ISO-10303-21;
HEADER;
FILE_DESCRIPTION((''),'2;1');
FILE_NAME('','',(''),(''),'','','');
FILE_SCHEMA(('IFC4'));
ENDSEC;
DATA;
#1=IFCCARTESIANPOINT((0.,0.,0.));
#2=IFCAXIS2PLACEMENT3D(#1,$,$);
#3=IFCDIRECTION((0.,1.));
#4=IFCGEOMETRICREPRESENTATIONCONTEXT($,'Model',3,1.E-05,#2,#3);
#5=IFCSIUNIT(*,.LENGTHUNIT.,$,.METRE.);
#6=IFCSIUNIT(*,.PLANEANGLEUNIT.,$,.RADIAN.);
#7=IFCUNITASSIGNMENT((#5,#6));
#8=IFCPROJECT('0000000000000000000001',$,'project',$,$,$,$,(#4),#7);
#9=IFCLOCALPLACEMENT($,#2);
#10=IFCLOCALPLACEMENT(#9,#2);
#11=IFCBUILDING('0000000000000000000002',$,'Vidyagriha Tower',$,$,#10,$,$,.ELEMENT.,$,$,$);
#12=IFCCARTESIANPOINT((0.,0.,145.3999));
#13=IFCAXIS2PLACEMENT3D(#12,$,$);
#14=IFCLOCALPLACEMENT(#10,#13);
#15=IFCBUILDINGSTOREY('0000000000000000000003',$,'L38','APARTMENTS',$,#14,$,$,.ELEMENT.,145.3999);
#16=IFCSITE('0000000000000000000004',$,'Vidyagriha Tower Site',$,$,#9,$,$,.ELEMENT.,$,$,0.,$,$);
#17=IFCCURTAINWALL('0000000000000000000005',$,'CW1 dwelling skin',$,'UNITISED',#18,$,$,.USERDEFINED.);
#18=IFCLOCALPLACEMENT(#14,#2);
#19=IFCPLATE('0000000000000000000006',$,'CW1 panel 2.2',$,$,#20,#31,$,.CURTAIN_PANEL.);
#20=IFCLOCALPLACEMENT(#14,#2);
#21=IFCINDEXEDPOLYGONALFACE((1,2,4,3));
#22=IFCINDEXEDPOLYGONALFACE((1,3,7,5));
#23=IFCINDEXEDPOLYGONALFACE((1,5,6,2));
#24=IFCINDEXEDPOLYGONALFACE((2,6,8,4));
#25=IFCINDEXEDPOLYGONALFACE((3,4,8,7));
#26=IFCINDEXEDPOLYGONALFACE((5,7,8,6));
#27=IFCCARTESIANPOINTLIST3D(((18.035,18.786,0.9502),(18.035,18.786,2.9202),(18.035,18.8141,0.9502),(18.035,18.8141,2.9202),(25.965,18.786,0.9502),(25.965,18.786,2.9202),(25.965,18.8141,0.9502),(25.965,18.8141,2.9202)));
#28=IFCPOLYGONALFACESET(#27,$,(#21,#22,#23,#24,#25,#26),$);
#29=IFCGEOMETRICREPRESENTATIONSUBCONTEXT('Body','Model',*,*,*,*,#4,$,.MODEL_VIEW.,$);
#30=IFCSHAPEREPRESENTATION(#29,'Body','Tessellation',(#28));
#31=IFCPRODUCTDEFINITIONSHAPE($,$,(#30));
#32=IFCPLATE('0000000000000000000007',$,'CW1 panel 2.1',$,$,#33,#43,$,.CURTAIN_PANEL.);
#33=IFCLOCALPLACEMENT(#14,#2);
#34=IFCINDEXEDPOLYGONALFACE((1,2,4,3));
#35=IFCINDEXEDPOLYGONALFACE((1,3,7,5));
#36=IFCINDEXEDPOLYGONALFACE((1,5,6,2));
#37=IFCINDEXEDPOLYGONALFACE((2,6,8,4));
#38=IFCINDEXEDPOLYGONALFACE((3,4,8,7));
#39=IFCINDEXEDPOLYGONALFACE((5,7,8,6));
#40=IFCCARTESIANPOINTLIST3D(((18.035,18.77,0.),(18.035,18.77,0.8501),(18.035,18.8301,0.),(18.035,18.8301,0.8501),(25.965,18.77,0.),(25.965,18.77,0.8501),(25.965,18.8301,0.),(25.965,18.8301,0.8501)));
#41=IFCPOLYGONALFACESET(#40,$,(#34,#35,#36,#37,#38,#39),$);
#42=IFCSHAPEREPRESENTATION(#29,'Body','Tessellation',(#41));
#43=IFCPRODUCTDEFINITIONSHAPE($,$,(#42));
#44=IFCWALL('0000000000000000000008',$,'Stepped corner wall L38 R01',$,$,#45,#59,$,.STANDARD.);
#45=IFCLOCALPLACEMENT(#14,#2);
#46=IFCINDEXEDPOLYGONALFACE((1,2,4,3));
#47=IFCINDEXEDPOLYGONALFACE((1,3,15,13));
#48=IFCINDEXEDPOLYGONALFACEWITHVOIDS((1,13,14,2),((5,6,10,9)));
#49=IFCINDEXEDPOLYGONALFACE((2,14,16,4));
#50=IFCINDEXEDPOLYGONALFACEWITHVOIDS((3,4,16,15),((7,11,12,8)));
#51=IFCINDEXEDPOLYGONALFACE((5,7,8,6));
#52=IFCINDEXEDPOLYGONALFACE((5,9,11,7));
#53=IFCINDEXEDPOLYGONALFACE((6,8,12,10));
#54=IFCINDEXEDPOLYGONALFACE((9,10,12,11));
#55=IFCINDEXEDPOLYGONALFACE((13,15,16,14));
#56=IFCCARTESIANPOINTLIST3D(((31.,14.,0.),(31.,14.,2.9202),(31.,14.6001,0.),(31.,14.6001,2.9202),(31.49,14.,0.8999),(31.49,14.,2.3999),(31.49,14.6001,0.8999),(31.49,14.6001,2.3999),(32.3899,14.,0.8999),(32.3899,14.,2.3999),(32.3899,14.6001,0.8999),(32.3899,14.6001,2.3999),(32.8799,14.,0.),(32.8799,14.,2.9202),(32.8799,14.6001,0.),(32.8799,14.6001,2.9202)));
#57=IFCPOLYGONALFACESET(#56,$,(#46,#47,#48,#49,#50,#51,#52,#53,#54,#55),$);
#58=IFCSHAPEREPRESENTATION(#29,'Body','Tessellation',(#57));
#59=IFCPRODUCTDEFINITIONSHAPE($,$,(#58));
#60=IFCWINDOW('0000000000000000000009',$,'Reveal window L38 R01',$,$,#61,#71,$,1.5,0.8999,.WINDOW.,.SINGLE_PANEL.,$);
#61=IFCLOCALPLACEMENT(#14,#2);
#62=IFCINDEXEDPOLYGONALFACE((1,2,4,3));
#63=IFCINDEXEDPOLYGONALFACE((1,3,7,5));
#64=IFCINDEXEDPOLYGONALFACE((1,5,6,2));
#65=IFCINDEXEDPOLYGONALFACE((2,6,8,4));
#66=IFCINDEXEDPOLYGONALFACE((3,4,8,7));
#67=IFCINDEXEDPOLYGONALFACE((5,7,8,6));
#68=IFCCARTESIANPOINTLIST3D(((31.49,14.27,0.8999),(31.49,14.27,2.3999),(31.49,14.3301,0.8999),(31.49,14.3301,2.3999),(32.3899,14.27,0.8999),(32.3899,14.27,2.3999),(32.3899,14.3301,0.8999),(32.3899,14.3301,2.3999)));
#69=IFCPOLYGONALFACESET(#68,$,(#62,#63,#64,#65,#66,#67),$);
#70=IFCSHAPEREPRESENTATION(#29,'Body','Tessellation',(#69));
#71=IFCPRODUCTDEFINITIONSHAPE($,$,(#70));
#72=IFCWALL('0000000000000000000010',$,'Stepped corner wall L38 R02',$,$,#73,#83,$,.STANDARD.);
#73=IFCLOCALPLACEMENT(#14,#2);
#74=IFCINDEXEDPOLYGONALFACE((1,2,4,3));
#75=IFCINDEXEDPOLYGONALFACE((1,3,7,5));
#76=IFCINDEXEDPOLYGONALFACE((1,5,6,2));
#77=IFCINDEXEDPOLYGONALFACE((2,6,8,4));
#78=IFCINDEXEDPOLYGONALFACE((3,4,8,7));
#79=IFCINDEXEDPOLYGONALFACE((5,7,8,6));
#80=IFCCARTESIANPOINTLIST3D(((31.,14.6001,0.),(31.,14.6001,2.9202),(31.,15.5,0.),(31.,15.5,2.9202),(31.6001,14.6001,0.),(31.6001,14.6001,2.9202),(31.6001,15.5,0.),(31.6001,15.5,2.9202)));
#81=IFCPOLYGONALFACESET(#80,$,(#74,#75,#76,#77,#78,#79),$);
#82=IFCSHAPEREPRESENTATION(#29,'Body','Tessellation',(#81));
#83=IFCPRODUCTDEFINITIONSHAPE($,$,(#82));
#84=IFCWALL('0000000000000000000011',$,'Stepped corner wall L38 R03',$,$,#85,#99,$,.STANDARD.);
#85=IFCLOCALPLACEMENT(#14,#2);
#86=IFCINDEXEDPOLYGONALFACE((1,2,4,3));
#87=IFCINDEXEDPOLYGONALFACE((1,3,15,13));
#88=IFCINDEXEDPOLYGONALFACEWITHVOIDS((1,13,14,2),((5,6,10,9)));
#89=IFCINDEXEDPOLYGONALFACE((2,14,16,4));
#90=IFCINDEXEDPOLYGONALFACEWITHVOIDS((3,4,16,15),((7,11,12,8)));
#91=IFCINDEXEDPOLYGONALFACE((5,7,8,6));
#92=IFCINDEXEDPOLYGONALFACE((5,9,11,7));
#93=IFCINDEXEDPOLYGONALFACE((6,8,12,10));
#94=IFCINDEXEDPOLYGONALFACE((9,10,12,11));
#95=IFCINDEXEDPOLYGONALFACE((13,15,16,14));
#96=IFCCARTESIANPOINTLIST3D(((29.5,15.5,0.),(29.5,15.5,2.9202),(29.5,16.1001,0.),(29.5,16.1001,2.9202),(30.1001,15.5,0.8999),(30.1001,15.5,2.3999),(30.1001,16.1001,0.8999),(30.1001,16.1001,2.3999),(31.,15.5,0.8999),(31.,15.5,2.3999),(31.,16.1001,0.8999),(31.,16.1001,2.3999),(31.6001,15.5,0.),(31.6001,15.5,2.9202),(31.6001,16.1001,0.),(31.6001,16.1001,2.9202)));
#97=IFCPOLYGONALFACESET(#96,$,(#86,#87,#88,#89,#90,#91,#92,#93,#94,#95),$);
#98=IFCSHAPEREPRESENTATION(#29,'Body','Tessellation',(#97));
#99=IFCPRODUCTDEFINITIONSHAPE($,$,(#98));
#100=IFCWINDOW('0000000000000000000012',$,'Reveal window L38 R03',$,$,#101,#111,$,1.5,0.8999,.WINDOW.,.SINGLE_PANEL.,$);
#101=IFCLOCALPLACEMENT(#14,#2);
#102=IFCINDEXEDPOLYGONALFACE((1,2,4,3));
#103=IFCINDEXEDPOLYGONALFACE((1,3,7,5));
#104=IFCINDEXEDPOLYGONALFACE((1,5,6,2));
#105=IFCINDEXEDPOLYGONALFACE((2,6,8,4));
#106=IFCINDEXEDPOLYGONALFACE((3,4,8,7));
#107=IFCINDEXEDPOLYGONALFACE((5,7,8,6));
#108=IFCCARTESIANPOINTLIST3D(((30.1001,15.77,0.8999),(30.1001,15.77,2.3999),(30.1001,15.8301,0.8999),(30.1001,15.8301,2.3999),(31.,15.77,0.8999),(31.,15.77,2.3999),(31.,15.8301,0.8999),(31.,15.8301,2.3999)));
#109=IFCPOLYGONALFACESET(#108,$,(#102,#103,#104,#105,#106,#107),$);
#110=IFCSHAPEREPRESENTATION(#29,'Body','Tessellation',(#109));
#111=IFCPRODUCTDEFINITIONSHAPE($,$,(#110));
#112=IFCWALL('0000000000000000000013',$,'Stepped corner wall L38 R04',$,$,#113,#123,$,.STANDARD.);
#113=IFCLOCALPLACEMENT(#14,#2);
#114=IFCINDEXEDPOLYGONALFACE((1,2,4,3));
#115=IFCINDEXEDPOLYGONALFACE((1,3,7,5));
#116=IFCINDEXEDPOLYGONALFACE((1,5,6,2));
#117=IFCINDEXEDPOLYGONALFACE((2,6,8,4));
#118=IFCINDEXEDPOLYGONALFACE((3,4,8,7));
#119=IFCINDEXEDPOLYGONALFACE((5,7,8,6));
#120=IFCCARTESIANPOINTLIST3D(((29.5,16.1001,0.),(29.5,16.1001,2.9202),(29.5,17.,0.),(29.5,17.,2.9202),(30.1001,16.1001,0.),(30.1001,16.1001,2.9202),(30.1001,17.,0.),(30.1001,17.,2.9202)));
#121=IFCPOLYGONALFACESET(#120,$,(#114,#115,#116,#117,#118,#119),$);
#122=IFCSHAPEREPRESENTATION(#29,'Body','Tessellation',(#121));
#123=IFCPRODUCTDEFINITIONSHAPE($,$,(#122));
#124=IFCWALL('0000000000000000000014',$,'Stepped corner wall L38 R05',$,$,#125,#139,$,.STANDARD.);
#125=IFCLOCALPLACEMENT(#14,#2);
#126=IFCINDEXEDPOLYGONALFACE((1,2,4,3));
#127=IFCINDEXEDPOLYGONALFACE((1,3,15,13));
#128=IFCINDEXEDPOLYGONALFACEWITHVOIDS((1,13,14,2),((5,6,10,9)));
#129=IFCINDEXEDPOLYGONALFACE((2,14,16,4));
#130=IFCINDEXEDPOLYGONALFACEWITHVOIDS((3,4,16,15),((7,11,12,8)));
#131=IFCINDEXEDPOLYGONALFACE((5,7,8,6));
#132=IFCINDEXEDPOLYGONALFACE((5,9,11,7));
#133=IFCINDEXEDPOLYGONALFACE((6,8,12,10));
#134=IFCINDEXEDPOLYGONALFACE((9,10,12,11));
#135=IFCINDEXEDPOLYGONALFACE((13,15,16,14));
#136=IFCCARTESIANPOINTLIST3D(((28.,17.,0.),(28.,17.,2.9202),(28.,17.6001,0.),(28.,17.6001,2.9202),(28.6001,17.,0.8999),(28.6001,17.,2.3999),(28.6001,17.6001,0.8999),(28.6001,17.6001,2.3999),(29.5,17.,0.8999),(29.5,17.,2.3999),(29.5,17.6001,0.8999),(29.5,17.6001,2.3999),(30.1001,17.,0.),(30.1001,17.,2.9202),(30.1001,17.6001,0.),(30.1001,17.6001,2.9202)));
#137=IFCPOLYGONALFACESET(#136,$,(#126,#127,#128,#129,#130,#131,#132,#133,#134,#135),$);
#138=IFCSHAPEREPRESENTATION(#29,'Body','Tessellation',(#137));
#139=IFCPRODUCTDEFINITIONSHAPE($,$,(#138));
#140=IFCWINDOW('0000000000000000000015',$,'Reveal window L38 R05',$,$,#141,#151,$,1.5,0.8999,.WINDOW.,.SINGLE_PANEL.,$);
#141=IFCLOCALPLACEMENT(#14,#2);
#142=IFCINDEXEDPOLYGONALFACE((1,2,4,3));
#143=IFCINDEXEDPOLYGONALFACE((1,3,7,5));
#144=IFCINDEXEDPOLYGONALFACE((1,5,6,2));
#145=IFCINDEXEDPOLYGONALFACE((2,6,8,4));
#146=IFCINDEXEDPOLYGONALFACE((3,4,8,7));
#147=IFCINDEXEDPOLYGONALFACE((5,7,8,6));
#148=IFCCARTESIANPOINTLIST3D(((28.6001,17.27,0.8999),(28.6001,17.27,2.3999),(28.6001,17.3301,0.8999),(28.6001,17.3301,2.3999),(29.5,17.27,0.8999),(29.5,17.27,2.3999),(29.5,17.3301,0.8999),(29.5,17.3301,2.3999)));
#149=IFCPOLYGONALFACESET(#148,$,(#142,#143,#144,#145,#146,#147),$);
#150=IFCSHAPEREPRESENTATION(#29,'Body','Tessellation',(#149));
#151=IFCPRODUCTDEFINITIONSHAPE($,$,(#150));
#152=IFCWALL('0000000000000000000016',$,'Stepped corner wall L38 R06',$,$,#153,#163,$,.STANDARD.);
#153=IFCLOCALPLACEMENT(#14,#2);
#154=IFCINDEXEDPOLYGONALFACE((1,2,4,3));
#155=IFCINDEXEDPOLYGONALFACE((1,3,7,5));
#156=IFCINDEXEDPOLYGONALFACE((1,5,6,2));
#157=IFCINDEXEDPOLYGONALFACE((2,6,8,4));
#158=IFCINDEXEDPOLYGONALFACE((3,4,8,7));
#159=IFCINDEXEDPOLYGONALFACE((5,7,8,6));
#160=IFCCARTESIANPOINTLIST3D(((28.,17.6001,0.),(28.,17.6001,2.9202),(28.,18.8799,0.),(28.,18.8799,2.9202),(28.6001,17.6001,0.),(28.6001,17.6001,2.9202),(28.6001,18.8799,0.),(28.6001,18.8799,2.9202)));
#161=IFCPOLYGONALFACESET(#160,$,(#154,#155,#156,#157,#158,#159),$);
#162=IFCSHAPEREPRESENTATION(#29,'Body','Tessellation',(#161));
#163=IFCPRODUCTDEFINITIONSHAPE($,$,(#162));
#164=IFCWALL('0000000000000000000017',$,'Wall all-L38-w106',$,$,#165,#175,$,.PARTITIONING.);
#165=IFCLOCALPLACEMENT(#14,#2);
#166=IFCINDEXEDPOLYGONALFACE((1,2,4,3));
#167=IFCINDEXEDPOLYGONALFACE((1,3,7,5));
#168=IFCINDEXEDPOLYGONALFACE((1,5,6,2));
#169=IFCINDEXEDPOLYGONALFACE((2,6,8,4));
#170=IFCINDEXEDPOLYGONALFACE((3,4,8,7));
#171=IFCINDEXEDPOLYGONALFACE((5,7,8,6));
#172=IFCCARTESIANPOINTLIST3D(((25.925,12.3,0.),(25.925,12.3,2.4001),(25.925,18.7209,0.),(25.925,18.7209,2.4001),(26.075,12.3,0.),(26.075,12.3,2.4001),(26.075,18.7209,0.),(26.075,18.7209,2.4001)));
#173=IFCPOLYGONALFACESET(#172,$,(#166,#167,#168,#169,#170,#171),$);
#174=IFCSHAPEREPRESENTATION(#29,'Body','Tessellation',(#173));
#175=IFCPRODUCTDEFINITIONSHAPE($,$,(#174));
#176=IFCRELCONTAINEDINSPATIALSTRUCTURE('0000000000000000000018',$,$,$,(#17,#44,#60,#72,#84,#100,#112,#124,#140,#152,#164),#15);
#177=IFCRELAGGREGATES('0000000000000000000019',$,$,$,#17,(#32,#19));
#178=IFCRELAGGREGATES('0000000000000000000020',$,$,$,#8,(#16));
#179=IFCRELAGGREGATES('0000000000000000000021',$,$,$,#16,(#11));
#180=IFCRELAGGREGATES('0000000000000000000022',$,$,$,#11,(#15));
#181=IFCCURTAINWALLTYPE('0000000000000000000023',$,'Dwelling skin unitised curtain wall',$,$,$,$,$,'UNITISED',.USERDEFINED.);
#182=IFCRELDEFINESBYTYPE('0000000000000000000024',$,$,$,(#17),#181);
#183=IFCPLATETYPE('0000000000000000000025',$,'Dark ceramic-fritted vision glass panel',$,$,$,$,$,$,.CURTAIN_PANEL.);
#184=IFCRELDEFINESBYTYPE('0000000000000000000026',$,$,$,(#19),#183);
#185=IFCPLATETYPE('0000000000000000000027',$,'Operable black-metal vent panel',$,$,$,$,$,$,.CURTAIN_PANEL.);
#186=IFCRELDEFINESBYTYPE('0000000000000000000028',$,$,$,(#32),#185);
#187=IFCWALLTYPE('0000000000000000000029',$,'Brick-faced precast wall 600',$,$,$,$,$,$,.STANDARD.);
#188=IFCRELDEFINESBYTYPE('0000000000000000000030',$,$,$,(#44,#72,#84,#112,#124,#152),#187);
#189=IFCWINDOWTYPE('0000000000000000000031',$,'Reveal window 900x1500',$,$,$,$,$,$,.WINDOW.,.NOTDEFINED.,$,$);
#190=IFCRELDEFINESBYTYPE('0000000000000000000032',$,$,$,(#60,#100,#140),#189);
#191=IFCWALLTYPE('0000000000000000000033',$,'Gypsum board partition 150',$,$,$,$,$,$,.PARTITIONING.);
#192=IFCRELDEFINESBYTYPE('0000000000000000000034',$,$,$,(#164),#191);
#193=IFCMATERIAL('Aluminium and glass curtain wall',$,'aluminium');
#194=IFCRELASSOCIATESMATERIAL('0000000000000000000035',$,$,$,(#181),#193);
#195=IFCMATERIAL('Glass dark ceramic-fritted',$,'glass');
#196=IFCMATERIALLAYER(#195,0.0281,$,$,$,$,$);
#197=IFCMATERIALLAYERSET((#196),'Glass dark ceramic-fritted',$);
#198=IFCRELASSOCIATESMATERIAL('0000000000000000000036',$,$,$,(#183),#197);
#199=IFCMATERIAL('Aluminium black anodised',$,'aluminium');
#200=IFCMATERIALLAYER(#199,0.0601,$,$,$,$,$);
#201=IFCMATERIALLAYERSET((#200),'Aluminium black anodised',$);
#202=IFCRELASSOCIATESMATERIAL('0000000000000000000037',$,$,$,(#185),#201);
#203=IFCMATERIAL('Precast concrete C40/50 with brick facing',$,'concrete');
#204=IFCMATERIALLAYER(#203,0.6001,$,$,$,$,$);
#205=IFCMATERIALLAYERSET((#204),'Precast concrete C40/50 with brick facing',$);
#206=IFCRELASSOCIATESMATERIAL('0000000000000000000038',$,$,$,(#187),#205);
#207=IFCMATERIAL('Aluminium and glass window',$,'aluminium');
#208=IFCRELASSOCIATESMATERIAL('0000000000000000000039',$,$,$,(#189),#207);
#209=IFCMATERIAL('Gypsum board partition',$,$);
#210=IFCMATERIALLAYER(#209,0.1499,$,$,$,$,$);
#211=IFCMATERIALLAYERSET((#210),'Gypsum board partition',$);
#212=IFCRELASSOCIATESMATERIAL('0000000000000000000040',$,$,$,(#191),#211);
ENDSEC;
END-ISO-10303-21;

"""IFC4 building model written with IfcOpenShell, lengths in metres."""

from ifc_helpers import new_model, si_unit, direction, frame, frame_2d, origin, origin_2d, place, context, subcontext, project, spatial, rectangle, extrude, material, layer, layer_set, type_object, element, fill, aggregate, save


model = new_model("IFC4")

# Units and contexts
model_context = context("Model", 3, precision=1e-05, world=origin(), true_north=direction((0.0, 1.0)))
body_context = subcontext(model_context, "Body", "Model", "MODEL_VIEW")
ifc_project = project(units=[si_unit("LENGTHUNIT", "METRE"), si_unit("PLANEANGLEUNIT", "RADIAN")], contexts=[model_context])

# Site, building, storey
site_placement = place(None, origin())
site = spatial("IfcSite", under=ifc_project, at=site_placement, Name="Vidyagriha Tower Site", CompositionType="ELEMENT", RefElevation=0.0)
building_placement = place(site_placement, origin())
building = spatial("IfcBuilding", under=site, at=building_placement, Name="Vidyagriha Tower", CompositionType="ELEMENT")
storey_placement = place(building_placement, frame((0.0, 0.0, 145.3999)))
storey = spatial("IfcBuildingStorey", under=building, at=storey_placement, Name="L38", Description="APARTMENTS", CompositionType="ELEMENT", Elevation=145.3999)

# Curtain wall
ifc_material_1 = material(Name="Aluminium and glass curtain wall", Category="aluminium")
curtain_wall_type = type_object("IfcCurtainWallType", Name="Dwelling skin unitised curtain wall", ElementType="UNITISED", PredefinedType="USERDEFINED", material=ifc_material_1)
curtain_wall_1_placement = place(storey_placement, origin())
curtain_wall_1 = element("IfcCurtainWall", 1, at=curtain_wall_1_placement, inside=storey, type_object=curtain_wall_type, Name="CW1 dwelling skin", ObjectType="UNITISED", PredefinedType="USERDEFINED")

# Plates
ifc_material_2 = material(Name="Glass dark ceramic-fritted", Category="glass")
ifc_layer_1 = layer(ifc_material_2, 0.0281)
ifc_layer_set_1 = layer_set([ifc_layer_1], Name="Glass dark ceramic-fritted")
plate_type_1 = type_object("IfcPlateType", Name="Dark ceramic-fritted vision glass panel", PredefinedType="CURTAIN_PANEL", material=ifc_layer_set_1)
plate_1_placement = place(storey_placement, frame((22.0, 18.8, 0.9502), z_axis=(0.0, 0.0, 1.0), x_axis=(-1.0, 0.0, 0.0)))
plate_1 = element("IfcPlate", 2, at=plate_1_placement, type_object=plate_type_1, Name="CW1 panel 2.2", PredefinedType="CURTAIN_PANEL", context=body_context, shape_type="SweptSolid", body=[
    extrude(rectangle(XDim=7.9299, YDim=0.0281, at=origin_2d()), origin(), (0.0, 0.0, 1.0), 1.97),
])
ifc_material_3 = material(Name="Aluminium black anodised", Category="aluminium")
ifc_layer_2 = layer(ifc_material_3, 0.0601)
ifc_layer_set_2 = layer_set([ifc_layer_2], Name="Aluminium black anodised")
plate_type_2 = type_object("IfcPlateType", Name="Operable black-metal vent panel", PredefinedType="CURTAIN_PANEL", material=ifc_layer_set_2)
plate_2_placement = place(storey_placement, frame((22.0, 18.8, 0.0), z_axis=(0.0, 0.0, 1.0), x_axis=(-1.0, 0.0, 0.0)))
plate_2 = element("IfcPlate", 3, at=plate_2_placement, type_object=plate_type_2, Name="CW1 panel 2.1", PredefinedType="CURTAIN_PANEL", context=body_context, shape_type="SweptSolid", body=[
    extrude(rectangle(XDim=7.9299, YDim=0.0601, at=origin_2d()), origin(), (0.0, 0.0, 1.0), 0.8501),
])
aggregate(curtain_wall_1, [plate_2, plate_1])

# Wall, opening, window
ifc_material_4 = material(Name="Precast concrete C40/50 with brick facing", Category="concrete")
ifc_layer_3 = layer(ifc_material_4, 0.6001)
ifc_layer_set_3 = layer_set([ifc_layer_3], Name="Precast concrete C40/50 with brick facing")
wall_type_1 = type_object("IfcWallType", Name="Brick-faced precast wall 600", PredefinedType="STANDARD", material=ifc_layer_set_3)
wall_1_placement = place(storey_placement, frame((32.8799, 14.3, 0.0), z_axis=(0.0, 0.0, 1.0), x_axis=(-1.0, 0.0, 0.0)))
wall_1 = element("IfcWall", 4, at=wall_1_placement, inside=storey, type_object=wall_type_1, Name="Stepped corner wall L38 R01", PredefinedType="STANDARD", context=body_context, shape_type="SweptSolid", body=[
    extrude(rectangle(XDim=1.8799, YDim=0.6001, at=frame_2d((0.9399, 0.0))), origin(), (0.0, 0.0, 1.0), 2.9202),
])
opening_1_placement = place(wall_1_placement, frame((0.49, 0.0, 0.8999)))
opening_1 = element("IfcOpeningElement", 5, at=opening_1_placement, cuts=wall_1, PredefinedType="OPENING", context=body_context, shape_type="SweptSolid", body=[
    extrude(rectangle(XDim=0.8999, YDim=1.5, at=frame_2d((0.45, 0.75))), frame((0.0, 0.3101, 0.0), z_axis=(0.0, -1.0, 0.0), x_axis=(1.0, 0.0, 0.0)), (0.0, 0.0, 1.0), 0.6201),
])
ifc_material_5 = material(Name="Aluminium and glass window", Category="aluminium")
window_type = type_object("IfcWindowType", Name="Reveal window 900x1500", PartitioningType="NOTDEFINED", PredefinedType="WINDOW", material=ifc_material_5)
window_1_placement = place(opening_1_placement, origin())
window_1 = element("IfcWindow", 6, at=window_1_placement, inside=storey, type_object=window_type, Name="Reveal window L38 R01", OverallHeight=1.5, OverallWidth=0.8999, PartitioningType="SINGLE_PANEL", PredefinedType="WINDOW", context=body_context, shape_type="SweptSolid", body=[
    extrude(rectangle(XDim=0.8999, YDim=1.5, at=frame_2d((0.45, 0.75))), frame((0.0, 0.03, 0.0), z_axis=(0.0, -1.0, 0.0), x_axis=(1.0, 0.0, 0.0)), (0.0, 0.0, 1.0), 0.0601),
])
fill(opening_1, window_1)

# Wall
wall_2_placement = place(storey_placement, frame((31.3, 14.6001, 0.0), z_axis=(0.0, 0.0, 1.0), x_axis=(0.0, 1.0, 0.0)))
element("IfcWall", 7, at=wall_2_placement, inside=storey, type_object=wall_type_1, Name="Stepped corner wall L38 R02", PredefinedType="STANDARD", context=body_context, shape_type="SweptSolid", body=[
    extrude(rectangle(XDim=0.8999, YDim=0.6001, at=frame_2d((0.45, 0.0))), origin(), (0.0, 0.0, 1.0), 2.9202),
])

# Wall, opening, window
wall_3_placement = place(storey_placement, frame((31.6001, 15.8, 0.0), z_axis=(0.0, 0.0, 1.0), x_axis=(-1.0, 0.0, 0.0)))
wall_3 = element("IfcWall", 8, at=wall_3_placement, inside=storey, type_object=wall_type_1, Name="Stepped corner wall L38 R03", PredefinedType="STANDARD", context=body_context, shape_type="SweptSolid", body=[
    extrude(rectangle(XDim=2.1001, YDim=0.6001, at=frame_2d((1.05, 0.0))), origin(), (0.0, 0.0, 1.0), 2.9202),
])
opening_2_placement = place(wall_3_placement, frame((0.6001, 0.0, 0.8999)))
opening_2 = element("IfcOpeningElement", 9, at=opening_2_placement, cuts=wall_3, PredefinedType="OPENING", context=body_context, shape_type="SweptSolid", body=[
    extrude(rectangle(XDim=0.8999, YDim=1.5, at=frame_2d((0.45, 0.75))), frame((0.0, 0.3101, 0.0), z_axis=(0.0, -1.0, 0.0), x_axis=(1.0, 0.0, 0.0)), (0.0, 0.0, 1.0), 0.6201),
])
window_2_placement = place(opening_2_placement, origin())
window_2 = element("IfcWindow", 10, at=window_2_placement, inside=storey, type_object=window_type, Name="Reveal window L38 R03", OverallHeight=1.5, OverallWidth=0.8999, PartitioningType="SINGLE_PANEL", PredefinedType="WINDOW", context=body_context, shape_type="SweptSolid", body=[
    extrude(rectangle(XDim=0.8999, YDim=1.5, at=frame_2d((0.45, 0.75))), frame((0.0, 0.03, 0.0), z_axis=(0.0, -1.0, 0.0), x_axis=(1.0, 0.0, 0.0)), (0.0, 0.0, 1.0), 0.0601),
])
fill(opening_2, window_2)

# Wall
wall_4_placement = place(storey_placement, frame((29.8, 16.1001, 0.0), z_axis=(0.0, 0.0, 1.0), x_axis=(0.0, 1.0, 0.0)))
element("IfcWall", 11, at=wall_4_placement, inside=storey, type_object=wall_type_1, Name="Stepped corner wall L38 R04", PredefinedType="STANDARD", context=body_context, shape_type="SweptSolid", body=[
    extrude(rectangle(XDim=0.8999, YDim=0.6001, at=frame_2d((0.45, 0.0))), origin(), (0.0, 0.0, 1.0), 2.9202),
])

# Wall, opening, window
wall_5_placement = place(storey_placement, frame((30.1001, 17.3, 0.0), z_axis=(0.0, 0.0, 1.0), x_axis=(-1.0, 0.0, 0.0)))
wall_5 = element("IfcWall", 12, at=wall_5_placement, inside=storey, type_object=wall_type_1, Name="Stepped corner wall L38 R05", PredefinedType="STANDARD", context=body_context, shape_type="SweptSolid", body=[
    extrude(rectangle(XDim=2.1001, YDim=0.6001, at=frame_2d((1.05, 0.0))), origin(), (0.0, 0.0, 1.0), 2.9202),
])
opening_3_placement = place(wall_5_placement, frame((0.6001, 0.0, 0.8999)))
opening_3 = element("IfcOpeningElement", 13, at=opening_3_placement, cuts=wall_5, PredefinedType="OPENING", context=body_context, shape_type="SweptSolid", body=[
    extrude(rectangle(XDim=0.8999, YDim=1.5, at=frame_2d((0.45, 0.75))), frame((0.0, 0.3101, 0.0), z_axis=(0.0, -1.0, 0.0), x_axis=(1.0, 0.0, 0.0)), (0.0, 0.0, 1.0), 0.6201),
])
window_3_placement = place(opening_3_placement, origin())
window_3 = element("IfcWindow", 14, at=window_3_placement, inside=storey, type_object=window_type, Name="Reveal window L38 R05", OverallHeight=1.5, OverallWidth=0.8999, PartitioningType="SINGLE_PANEL", PredefinedType="WINDOW", context=body_context, shape_type="SweptSolid", body=[
    extrude(rectangle(XDim=0.8999, YDim=1.5, at=frame_2d((0.45, 0.75))), frame((0.0, 0.03, 0.0), z_axis=(0.0, -1.0, 0.0), x_axis=(1.0, 0.0, 0.0)), (0.0, 0.0, 1.0), 0.0601),
])
fill(opening_3, window_3)

# Walls
wall_6_placement = place(storey_placement, frame((28.3, 17.6001, 0.0), z_axis=(0.0, 0.0, 1.0), x_axis=(0.0, 1.0, 0.0)))
element("IfcWall", 15, at=wall_6_placement, inside=storey, type_object=wall_type_1, Name="Stepped corner wall L38 R06", PredefinedType="STANDARD", context=body_context, shape_type="SweptSolid", body=[
    extrude(rectangle(XDim=1.2798, YDim=0.6001, at=frame_2d((0.6399, 0.0))), origin(), (0.0, 0.0, 1.0), 2.9202),
])
ifc_material_6 = material(Name="Gypsum board partition")
ifc_layer_4 = layer(ifc_material_6, 0.1499)
ifc_layer_set_4 = layer_set([ifc_layer_4], Name="Gypsum board partition")
wall_type_2 = type_object("IfcWallType", Name="Gypsum board partition 150", PredefinedType="PARTITIONING", material=ifc_layer_set_4)
wall_7_placement = place(storey_placement, frame((26.0, 18.7209, 0.0), z_axis=(0.0, 0.0, 1.0), x_axis=(0.0, -1.0, 0.0)))
element("IfcWall", 16, at=wall_7_placement, inside=storey, type_object=wall_type_2, Name="Wall all-L38-w106", PredefinedType="PARTITIONING", context=body_context, shape_type="SweptSolid", body=[
    extrude(rectangle(XDim=6.4209, YDim=0.1499, at=frame_2d((3.2104, 0.0))), origin(), (0.0, 0.0, 1.0), 2.4001),
])

save(model, "model.ifc")
